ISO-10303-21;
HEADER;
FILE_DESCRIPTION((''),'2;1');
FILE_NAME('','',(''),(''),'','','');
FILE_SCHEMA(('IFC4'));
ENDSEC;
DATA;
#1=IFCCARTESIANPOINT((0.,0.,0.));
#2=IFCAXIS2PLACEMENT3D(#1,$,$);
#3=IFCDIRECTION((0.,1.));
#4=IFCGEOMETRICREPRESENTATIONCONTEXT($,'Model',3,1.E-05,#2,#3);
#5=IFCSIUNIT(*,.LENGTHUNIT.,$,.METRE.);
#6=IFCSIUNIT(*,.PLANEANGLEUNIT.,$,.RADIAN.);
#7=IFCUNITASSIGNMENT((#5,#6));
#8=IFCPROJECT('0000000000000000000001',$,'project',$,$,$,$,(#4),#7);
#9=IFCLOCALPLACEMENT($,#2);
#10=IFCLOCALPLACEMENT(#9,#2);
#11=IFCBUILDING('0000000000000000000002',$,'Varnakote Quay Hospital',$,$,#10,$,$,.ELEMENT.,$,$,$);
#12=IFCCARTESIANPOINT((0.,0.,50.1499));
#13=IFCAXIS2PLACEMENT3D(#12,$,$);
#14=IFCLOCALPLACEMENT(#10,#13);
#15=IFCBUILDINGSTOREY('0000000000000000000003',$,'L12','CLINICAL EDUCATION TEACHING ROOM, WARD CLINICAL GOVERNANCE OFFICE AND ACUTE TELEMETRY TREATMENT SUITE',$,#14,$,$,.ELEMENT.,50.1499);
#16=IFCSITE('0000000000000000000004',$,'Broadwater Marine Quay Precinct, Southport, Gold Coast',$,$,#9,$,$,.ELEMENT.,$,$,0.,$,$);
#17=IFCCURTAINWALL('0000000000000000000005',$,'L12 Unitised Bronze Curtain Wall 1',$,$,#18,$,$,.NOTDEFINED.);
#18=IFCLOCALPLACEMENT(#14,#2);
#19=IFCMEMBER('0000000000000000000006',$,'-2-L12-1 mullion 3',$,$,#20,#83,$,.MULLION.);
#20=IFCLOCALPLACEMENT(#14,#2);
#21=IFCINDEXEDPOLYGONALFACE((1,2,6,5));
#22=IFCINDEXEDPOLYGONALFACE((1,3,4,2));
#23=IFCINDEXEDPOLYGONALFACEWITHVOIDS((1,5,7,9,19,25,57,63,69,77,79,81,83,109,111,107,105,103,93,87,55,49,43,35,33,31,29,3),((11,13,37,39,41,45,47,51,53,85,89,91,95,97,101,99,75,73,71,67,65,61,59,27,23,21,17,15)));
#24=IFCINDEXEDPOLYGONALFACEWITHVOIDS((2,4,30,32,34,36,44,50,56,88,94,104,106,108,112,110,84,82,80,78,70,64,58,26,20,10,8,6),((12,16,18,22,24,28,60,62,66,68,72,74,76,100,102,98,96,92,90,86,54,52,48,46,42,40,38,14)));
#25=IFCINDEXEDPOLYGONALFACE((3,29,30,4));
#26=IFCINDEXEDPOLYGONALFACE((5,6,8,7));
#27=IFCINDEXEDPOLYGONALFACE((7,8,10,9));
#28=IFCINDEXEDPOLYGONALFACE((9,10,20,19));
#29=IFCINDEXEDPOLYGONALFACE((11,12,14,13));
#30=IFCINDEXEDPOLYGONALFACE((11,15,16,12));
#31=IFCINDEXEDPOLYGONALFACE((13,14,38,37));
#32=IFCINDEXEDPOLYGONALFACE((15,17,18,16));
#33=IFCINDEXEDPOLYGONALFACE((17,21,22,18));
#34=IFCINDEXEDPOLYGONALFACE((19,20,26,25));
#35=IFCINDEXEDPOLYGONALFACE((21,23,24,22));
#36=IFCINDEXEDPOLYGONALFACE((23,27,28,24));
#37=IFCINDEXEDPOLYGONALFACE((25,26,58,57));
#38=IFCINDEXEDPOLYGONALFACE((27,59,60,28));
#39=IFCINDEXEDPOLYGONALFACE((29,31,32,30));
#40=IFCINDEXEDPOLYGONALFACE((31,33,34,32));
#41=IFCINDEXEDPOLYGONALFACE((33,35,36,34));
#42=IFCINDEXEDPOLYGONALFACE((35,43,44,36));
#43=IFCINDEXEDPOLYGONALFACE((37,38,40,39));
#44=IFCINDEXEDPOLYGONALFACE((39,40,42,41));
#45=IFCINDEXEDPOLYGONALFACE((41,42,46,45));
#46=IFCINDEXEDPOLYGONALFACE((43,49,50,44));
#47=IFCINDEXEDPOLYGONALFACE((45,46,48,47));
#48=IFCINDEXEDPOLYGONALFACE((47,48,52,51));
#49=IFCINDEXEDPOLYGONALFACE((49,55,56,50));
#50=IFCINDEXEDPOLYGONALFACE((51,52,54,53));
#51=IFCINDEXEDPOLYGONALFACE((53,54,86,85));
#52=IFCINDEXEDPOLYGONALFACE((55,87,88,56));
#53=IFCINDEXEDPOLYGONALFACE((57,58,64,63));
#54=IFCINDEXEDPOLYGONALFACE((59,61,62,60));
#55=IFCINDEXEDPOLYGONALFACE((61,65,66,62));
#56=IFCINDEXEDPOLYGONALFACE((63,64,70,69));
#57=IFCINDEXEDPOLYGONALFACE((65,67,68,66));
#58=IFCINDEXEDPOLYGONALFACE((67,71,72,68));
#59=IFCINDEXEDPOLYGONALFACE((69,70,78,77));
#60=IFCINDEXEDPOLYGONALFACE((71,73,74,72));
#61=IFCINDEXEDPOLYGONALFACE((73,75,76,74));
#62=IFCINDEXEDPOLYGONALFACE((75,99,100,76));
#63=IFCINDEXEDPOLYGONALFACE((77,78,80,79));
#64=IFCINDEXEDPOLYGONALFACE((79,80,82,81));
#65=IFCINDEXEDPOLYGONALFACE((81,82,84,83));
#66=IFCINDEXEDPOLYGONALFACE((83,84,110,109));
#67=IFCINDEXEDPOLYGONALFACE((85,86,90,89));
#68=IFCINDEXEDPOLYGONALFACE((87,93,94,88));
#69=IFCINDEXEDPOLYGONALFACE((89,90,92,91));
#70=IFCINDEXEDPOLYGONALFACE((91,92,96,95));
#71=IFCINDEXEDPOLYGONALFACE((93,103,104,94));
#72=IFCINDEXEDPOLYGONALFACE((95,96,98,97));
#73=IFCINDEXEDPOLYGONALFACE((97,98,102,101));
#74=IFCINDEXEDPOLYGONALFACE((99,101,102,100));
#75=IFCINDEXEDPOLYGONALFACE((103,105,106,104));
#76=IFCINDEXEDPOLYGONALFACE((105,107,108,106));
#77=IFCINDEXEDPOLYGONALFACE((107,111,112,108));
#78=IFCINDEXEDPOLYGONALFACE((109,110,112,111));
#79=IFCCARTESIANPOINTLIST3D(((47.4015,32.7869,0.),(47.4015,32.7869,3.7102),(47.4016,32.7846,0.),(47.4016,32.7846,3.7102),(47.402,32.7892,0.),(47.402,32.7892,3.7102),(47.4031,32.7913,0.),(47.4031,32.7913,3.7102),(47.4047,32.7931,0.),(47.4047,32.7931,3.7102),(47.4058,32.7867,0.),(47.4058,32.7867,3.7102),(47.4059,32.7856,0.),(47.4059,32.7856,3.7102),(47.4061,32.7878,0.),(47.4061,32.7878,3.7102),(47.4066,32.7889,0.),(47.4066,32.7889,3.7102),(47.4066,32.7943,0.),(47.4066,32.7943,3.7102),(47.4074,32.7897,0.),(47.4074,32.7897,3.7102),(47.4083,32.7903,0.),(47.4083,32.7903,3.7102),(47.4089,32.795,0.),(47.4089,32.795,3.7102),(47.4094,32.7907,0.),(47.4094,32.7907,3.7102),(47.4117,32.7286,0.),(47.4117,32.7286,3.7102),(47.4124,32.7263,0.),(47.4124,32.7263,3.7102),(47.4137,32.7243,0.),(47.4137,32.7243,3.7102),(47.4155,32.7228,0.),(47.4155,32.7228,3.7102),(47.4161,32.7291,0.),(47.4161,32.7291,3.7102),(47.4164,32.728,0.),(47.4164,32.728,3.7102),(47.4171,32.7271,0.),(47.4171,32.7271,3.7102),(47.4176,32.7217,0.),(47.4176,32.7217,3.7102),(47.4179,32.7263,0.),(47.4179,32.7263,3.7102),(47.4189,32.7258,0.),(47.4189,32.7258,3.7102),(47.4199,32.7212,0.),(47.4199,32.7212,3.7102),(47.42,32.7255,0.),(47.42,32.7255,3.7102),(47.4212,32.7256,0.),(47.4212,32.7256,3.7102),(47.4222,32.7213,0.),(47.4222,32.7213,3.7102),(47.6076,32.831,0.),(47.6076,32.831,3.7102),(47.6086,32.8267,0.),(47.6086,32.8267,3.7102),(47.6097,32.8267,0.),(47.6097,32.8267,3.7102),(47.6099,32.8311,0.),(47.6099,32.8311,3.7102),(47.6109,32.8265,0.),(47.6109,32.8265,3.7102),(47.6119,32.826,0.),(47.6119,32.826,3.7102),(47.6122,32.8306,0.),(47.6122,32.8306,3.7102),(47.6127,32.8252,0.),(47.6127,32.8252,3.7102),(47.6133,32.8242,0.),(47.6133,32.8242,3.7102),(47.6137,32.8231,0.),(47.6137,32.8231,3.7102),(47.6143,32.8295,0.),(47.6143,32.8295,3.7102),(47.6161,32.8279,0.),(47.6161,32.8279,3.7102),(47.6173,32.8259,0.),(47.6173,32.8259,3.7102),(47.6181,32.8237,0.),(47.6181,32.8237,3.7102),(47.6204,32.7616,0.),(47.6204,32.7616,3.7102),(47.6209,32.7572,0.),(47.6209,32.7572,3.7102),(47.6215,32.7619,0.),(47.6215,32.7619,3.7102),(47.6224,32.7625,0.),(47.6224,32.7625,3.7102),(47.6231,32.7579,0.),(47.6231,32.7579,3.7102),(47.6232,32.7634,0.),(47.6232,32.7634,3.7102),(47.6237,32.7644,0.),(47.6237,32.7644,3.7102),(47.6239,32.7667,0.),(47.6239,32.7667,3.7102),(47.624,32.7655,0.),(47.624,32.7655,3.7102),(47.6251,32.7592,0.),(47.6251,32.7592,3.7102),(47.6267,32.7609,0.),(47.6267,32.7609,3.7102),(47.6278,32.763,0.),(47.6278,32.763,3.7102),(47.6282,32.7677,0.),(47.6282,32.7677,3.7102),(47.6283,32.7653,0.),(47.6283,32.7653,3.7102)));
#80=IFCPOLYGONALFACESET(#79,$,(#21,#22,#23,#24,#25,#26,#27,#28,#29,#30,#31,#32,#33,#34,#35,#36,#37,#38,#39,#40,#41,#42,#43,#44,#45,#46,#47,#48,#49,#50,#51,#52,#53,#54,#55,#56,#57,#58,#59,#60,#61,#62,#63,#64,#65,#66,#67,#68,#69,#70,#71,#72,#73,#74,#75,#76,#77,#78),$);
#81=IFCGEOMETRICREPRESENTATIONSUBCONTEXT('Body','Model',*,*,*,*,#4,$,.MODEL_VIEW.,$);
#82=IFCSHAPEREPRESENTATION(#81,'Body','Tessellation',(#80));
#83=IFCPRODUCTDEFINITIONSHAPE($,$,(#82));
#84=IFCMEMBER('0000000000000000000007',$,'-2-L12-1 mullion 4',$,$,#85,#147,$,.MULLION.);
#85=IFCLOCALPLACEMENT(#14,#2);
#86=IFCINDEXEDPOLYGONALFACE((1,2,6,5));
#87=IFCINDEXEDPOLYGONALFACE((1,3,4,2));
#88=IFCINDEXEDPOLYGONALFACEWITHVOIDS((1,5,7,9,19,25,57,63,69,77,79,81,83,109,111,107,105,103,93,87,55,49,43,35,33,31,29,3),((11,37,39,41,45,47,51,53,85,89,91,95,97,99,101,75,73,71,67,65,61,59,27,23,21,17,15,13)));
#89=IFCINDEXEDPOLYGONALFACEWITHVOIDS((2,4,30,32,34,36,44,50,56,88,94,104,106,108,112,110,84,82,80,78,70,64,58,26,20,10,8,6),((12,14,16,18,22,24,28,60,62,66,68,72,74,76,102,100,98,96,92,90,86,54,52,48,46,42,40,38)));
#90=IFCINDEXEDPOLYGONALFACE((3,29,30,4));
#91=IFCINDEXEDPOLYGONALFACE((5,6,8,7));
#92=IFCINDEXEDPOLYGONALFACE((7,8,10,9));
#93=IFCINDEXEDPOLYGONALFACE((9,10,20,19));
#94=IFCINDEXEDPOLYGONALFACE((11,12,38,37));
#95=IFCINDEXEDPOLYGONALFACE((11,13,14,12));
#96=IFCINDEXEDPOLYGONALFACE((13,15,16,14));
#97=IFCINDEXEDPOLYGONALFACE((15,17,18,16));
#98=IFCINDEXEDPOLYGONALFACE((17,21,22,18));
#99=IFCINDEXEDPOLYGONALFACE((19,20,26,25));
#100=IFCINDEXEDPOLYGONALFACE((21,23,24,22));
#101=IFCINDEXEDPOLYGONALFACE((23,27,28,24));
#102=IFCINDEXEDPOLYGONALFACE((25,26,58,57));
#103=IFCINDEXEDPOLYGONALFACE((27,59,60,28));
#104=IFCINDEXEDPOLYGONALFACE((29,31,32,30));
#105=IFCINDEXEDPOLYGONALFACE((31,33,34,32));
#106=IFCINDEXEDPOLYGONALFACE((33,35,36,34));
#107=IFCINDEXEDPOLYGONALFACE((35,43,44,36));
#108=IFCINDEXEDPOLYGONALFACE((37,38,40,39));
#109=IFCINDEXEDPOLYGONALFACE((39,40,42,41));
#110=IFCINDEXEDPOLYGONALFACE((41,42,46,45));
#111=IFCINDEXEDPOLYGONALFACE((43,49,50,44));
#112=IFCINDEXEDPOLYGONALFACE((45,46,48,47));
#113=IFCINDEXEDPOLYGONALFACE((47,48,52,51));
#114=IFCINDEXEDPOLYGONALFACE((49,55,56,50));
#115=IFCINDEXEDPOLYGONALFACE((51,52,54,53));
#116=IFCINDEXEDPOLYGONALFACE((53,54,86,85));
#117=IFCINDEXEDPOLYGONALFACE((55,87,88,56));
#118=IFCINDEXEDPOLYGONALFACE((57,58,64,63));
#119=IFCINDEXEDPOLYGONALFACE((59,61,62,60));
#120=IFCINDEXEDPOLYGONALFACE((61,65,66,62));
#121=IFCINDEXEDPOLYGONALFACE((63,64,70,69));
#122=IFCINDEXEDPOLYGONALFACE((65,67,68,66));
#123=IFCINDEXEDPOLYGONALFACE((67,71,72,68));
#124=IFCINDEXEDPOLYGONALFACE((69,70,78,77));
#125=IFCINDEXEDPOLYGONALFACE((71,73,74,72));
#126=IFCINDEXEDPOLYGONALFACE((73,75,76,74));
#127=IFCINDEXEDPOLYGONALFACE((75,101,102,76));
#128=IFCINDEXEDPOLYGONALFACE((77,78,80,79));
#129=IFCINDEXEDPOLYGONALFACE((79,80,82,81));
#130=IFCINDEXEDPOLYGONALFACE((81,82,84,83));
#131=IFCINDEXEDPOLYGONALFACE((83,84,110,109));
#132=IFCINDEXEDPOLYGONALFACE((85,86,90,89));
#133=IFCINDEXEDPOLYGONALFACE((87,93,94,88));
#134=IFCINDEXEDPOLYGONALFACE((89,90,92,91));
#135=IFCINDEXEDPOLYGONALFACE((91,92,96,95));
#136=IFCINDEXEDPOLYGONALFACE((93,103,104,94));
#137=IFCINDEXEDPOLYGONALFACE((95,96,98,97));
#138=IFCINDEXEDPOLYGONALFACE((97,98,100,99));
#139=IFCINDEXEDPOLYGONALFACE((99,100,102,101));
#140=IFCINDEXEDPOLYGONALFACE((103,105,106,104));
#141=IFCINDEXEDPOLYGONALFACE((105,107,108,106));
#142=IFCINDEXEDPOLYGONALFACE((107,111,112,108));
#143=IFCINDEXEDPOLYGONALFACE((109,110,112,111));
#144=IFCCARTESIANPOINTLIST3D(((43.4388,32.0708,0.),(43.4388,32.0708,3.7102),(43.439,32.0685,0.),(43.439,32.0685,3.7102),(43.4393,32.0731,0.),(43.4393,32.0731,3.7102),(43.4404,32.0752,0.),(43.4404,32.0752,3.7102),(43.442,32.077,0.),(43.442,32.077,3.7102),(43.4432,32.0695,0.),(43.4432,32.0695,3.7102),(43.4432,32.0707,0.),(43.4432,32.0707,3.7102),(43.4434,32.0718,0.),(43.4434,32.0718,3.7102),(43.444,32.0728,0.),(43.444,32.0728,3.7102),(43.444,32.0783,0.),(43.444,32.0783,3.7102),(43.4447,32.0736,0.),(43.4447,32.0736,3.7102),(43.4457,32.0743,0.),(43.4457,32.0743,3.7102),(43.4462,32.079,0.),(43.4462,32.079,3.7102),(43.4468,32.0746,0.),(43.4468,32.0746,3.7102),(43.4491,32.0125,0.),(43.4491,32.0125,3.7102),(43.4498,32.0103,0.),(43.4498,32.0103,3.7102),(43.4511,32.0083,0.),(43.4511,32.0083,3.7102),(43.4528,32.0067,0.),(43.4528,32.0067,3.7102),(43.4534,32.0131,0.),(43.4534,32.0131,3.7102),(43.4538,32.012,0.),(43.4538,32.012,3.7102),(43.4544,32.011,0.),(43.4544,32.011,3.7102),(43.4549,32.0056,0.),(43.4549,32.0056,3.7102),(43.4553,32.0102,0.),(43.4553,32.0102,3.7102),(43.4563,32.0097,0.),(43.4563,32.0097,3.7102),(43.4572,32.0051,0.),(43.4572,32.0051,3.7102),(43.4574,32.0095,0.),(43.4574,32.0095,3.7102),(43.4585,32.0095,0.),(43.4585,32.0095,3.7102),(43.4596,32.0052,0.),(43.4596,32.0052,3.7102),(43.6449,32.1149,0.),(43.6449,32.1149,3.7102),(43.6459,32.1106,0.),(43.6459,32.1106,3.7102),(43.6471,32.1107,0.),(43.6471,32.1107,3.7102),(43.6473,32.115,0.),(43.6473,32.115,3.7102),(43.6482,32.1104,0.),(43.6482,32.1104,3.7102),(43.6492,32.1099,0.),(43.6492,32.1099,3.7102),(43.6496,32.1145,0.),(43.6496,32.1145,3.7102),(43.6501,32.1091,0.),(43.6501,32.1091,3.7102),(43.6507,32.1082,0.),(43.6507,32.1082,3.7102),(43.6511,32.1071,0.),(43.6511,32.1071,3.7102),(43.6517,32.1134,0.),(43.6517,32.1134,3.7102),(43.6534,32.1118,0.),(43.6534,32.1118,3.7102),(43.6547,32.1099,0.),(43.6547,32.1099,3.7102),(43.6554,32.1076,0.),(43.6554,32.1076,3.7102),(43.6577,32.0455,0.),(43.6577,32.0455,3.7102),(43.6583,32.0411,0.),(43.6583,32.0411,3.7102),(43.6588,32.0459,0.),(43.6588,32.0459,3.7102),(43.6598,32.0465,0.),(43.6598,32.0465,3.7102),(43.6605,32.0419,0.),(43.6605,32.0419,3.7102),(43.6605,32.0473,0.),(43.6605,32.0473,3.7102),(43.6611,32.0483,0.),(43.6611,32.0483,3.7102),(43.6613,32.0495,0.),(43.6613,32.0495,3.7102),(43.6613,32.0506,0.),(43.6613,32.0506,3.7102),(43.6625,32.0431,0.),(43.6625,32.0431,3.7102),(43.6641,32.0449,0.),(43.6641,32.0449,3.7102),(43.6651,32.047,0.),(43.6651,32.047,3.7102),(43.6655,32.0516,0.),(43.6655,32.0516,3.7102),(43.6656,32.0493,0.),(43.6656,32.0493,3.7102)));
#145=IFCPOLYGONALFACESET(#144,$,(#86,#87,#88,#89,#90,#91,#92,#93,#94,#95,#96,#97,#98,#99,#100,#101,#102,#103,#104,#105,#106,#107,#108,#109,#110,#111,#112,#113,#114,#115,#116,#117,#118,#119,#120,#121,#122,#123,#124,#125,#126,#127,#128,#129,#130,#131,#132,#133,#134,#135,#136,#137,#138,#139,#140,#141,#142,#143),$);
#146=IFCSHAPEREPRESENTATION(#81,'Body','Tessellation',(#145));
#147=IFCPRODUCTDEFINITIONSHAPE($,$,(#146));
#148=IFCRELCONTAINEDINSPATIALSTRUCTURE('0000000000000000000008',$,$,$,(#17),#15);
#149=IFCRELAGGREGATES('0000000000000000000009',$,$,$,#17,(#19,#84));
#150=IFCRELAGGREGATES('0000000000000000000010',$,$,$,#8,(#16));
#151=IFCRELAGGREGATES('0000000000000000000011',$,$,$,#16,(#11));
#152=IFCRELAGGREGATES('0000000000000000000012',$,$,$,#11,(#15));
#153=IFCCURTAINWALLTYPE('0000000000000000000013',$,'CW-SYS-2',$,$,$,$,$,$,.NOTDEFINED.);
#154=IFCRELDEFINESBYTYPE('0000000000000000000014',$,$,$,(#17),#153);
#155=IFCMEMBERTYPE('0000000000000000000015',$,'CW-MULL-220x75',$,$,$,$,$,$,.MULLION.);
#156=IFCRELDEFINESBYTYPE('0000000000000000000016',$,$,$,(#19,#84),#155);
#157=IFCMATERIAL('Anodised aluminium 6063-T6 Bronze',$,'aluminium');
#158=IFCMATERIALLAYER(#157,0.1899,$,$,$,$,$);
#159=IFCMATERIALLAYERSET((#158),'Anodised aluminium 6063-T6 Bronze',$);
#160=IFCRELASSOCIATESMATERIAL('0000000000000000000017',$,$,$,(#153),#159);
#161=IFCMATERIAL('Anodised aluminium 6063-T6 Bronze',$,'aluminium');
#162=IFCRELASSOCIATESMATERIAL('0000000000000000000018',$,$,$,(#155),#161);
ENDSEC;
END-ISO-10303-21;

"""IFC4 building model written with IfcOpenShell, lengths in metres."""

from ifc_helpers import new_model, si_unit, direction, frame, origin, origin_2d, place, context, subcontext, project, spatial, hollow_rectangle, extrude, material, layer, layer_set, material_profile, profile_set, type_object, element, aggregate, save


model = new_model("IFC4")

# Units and contexts
model_context = context("Model", 3, precision=1e-05, world=origin(), true_north=direction((0.0, 1.0)))
body_context = subcontext(model_context, "Body", "Model", "MODEL_VIEW")
ifc_project = project(units=[si_unit("LENGTHUNIT", "METRE"), si_unit("PLANEANGLEUNIT", "RADIAN")], contexts=[model_context])

# Site, building, storey
site_placement = place(None, origin())
site = spatial("IfcSite", under=ifc_project, at=site_placement, Name="Broadwater Marine Quay Precinct, Southport, Gold Coast", CompositionType="ELEMENT", RefElevation=0.0)
building_placement = place(site_placement, origin())
building = spatial("IfcBuilding", under=site, at=building_placement, Name="Varnakote Quay Hospital", CompositionType="ELEMENT")
storey_placement = place(building_placement, frame((0.0, 0.0, 50.1499)))
storey = spatial("IfcBuildingStorey", under=building, at=storey_placement, Name="L12", Description="CLINICAL EDUCATION TEACHING ROOM, WARD CLINICAL GOVERNANCE OFFICE AND ACUTE TELEMETRY TREATMENT SUITE", CompositionType="ELEMENT", Elevation=50.1499)

# Curtain wall, members
ifc_material_1 = material(Name="Anodised aluminium 6063-T6 Bronze", Category="aluminium")
ifc_layer_1 = layer(ifc_material_1, 0.1899)
ifc_layer_set_1 = layer_set([ifc_layer_1], Name="Anodised aluminium 6063-T6 Bronze")
curtain_wall_type = type_object("IfcCurtainWallType", Name="CW-SYS-2", PredefinedType="NOTDEFINED", material=ifc_layer_set_1)
curtain_wall_placement = place(storey_placement, origin())
curtain_wall = element("IfcCurtainWall", 1, at=curtain_wall_placement, inside=storey, type_object=curtain_wall_type, Name="L12 Unitised Bronze Curtain Wall 1", PredefinedType="NOTDEFINED")
ifc_material_2 = material(Name="Anodised aluminium 6063-T6 Bronze", Category="aluminium")
ifc_material_profile_1 = material_profile(ifc_material_2, hollow_rectangle(XDim=0.075, YDim=0.22, WallThickness=0.0044, InnerFilletRadius=0.0044, OuterFilletRadius=0.009, at=origin_2d()), Name="CW-MULL-220x75")
ifc_profile_set_1 = profile_set([ifc_material_profile_1], Name="Anodised aluminium 6063-T6 Bronze")
member_type_1 = type_object("IfcMemberType", Name="CW-MULL-220x75", PredefinedType="MULLION", material=ifc_profile_set_1)
member_1_placement = place(storey_placement, frame((47.5149, 32.7761, 0.0), z_axis=(0.0, 0.0, 1.0), x_axis=(0.177846, -0.984058, 0.0)))
member_1 = element("IfcMember", 2, at=member_1_placement, type_object=member_type_1, Name="-2-L12-1 mullion 3", PredefinedType="MULLION", context=body_context, shape_type="SweptSolid", body=[
    extrude(hollow_rectangle(XDim=0.075, YDim=0.22, WallThickness=0.0044, InnerFilletRadius=0.0044, OuterFilletRadius=0.009, at=origin_2d()), origin(), (0.0, 0.0, 1.0), 3.7102),
])
member_2_placement = place(storey_placement, frame((43.5522, 32.0601, 0.0), z_axis=(0.0, 0.0, 1.0), x_axis=(0.177846, -0.984058, 0.0)))
member_2 = element("IfcMember", 3, at=member_2_placement, type_object=member_type_1, Name="-2-L12-1 mullion 4", PredefinedType="MULLION", context=body_context, shape_type="SweptSolid", body=[
    extrude(hollow_rectangle(XDim=0.075, YDim=0.22, WallThickness=0.0044, InnerFilletRadius=0.0044, OuterFilletRadius=0.009, at=origin_2d()), origin(), (0.0, 0.0, 1.0), 3.7102),
])
aggregate(curtain_wall, [member_1, member_2])

save(model, "model.ifc")
